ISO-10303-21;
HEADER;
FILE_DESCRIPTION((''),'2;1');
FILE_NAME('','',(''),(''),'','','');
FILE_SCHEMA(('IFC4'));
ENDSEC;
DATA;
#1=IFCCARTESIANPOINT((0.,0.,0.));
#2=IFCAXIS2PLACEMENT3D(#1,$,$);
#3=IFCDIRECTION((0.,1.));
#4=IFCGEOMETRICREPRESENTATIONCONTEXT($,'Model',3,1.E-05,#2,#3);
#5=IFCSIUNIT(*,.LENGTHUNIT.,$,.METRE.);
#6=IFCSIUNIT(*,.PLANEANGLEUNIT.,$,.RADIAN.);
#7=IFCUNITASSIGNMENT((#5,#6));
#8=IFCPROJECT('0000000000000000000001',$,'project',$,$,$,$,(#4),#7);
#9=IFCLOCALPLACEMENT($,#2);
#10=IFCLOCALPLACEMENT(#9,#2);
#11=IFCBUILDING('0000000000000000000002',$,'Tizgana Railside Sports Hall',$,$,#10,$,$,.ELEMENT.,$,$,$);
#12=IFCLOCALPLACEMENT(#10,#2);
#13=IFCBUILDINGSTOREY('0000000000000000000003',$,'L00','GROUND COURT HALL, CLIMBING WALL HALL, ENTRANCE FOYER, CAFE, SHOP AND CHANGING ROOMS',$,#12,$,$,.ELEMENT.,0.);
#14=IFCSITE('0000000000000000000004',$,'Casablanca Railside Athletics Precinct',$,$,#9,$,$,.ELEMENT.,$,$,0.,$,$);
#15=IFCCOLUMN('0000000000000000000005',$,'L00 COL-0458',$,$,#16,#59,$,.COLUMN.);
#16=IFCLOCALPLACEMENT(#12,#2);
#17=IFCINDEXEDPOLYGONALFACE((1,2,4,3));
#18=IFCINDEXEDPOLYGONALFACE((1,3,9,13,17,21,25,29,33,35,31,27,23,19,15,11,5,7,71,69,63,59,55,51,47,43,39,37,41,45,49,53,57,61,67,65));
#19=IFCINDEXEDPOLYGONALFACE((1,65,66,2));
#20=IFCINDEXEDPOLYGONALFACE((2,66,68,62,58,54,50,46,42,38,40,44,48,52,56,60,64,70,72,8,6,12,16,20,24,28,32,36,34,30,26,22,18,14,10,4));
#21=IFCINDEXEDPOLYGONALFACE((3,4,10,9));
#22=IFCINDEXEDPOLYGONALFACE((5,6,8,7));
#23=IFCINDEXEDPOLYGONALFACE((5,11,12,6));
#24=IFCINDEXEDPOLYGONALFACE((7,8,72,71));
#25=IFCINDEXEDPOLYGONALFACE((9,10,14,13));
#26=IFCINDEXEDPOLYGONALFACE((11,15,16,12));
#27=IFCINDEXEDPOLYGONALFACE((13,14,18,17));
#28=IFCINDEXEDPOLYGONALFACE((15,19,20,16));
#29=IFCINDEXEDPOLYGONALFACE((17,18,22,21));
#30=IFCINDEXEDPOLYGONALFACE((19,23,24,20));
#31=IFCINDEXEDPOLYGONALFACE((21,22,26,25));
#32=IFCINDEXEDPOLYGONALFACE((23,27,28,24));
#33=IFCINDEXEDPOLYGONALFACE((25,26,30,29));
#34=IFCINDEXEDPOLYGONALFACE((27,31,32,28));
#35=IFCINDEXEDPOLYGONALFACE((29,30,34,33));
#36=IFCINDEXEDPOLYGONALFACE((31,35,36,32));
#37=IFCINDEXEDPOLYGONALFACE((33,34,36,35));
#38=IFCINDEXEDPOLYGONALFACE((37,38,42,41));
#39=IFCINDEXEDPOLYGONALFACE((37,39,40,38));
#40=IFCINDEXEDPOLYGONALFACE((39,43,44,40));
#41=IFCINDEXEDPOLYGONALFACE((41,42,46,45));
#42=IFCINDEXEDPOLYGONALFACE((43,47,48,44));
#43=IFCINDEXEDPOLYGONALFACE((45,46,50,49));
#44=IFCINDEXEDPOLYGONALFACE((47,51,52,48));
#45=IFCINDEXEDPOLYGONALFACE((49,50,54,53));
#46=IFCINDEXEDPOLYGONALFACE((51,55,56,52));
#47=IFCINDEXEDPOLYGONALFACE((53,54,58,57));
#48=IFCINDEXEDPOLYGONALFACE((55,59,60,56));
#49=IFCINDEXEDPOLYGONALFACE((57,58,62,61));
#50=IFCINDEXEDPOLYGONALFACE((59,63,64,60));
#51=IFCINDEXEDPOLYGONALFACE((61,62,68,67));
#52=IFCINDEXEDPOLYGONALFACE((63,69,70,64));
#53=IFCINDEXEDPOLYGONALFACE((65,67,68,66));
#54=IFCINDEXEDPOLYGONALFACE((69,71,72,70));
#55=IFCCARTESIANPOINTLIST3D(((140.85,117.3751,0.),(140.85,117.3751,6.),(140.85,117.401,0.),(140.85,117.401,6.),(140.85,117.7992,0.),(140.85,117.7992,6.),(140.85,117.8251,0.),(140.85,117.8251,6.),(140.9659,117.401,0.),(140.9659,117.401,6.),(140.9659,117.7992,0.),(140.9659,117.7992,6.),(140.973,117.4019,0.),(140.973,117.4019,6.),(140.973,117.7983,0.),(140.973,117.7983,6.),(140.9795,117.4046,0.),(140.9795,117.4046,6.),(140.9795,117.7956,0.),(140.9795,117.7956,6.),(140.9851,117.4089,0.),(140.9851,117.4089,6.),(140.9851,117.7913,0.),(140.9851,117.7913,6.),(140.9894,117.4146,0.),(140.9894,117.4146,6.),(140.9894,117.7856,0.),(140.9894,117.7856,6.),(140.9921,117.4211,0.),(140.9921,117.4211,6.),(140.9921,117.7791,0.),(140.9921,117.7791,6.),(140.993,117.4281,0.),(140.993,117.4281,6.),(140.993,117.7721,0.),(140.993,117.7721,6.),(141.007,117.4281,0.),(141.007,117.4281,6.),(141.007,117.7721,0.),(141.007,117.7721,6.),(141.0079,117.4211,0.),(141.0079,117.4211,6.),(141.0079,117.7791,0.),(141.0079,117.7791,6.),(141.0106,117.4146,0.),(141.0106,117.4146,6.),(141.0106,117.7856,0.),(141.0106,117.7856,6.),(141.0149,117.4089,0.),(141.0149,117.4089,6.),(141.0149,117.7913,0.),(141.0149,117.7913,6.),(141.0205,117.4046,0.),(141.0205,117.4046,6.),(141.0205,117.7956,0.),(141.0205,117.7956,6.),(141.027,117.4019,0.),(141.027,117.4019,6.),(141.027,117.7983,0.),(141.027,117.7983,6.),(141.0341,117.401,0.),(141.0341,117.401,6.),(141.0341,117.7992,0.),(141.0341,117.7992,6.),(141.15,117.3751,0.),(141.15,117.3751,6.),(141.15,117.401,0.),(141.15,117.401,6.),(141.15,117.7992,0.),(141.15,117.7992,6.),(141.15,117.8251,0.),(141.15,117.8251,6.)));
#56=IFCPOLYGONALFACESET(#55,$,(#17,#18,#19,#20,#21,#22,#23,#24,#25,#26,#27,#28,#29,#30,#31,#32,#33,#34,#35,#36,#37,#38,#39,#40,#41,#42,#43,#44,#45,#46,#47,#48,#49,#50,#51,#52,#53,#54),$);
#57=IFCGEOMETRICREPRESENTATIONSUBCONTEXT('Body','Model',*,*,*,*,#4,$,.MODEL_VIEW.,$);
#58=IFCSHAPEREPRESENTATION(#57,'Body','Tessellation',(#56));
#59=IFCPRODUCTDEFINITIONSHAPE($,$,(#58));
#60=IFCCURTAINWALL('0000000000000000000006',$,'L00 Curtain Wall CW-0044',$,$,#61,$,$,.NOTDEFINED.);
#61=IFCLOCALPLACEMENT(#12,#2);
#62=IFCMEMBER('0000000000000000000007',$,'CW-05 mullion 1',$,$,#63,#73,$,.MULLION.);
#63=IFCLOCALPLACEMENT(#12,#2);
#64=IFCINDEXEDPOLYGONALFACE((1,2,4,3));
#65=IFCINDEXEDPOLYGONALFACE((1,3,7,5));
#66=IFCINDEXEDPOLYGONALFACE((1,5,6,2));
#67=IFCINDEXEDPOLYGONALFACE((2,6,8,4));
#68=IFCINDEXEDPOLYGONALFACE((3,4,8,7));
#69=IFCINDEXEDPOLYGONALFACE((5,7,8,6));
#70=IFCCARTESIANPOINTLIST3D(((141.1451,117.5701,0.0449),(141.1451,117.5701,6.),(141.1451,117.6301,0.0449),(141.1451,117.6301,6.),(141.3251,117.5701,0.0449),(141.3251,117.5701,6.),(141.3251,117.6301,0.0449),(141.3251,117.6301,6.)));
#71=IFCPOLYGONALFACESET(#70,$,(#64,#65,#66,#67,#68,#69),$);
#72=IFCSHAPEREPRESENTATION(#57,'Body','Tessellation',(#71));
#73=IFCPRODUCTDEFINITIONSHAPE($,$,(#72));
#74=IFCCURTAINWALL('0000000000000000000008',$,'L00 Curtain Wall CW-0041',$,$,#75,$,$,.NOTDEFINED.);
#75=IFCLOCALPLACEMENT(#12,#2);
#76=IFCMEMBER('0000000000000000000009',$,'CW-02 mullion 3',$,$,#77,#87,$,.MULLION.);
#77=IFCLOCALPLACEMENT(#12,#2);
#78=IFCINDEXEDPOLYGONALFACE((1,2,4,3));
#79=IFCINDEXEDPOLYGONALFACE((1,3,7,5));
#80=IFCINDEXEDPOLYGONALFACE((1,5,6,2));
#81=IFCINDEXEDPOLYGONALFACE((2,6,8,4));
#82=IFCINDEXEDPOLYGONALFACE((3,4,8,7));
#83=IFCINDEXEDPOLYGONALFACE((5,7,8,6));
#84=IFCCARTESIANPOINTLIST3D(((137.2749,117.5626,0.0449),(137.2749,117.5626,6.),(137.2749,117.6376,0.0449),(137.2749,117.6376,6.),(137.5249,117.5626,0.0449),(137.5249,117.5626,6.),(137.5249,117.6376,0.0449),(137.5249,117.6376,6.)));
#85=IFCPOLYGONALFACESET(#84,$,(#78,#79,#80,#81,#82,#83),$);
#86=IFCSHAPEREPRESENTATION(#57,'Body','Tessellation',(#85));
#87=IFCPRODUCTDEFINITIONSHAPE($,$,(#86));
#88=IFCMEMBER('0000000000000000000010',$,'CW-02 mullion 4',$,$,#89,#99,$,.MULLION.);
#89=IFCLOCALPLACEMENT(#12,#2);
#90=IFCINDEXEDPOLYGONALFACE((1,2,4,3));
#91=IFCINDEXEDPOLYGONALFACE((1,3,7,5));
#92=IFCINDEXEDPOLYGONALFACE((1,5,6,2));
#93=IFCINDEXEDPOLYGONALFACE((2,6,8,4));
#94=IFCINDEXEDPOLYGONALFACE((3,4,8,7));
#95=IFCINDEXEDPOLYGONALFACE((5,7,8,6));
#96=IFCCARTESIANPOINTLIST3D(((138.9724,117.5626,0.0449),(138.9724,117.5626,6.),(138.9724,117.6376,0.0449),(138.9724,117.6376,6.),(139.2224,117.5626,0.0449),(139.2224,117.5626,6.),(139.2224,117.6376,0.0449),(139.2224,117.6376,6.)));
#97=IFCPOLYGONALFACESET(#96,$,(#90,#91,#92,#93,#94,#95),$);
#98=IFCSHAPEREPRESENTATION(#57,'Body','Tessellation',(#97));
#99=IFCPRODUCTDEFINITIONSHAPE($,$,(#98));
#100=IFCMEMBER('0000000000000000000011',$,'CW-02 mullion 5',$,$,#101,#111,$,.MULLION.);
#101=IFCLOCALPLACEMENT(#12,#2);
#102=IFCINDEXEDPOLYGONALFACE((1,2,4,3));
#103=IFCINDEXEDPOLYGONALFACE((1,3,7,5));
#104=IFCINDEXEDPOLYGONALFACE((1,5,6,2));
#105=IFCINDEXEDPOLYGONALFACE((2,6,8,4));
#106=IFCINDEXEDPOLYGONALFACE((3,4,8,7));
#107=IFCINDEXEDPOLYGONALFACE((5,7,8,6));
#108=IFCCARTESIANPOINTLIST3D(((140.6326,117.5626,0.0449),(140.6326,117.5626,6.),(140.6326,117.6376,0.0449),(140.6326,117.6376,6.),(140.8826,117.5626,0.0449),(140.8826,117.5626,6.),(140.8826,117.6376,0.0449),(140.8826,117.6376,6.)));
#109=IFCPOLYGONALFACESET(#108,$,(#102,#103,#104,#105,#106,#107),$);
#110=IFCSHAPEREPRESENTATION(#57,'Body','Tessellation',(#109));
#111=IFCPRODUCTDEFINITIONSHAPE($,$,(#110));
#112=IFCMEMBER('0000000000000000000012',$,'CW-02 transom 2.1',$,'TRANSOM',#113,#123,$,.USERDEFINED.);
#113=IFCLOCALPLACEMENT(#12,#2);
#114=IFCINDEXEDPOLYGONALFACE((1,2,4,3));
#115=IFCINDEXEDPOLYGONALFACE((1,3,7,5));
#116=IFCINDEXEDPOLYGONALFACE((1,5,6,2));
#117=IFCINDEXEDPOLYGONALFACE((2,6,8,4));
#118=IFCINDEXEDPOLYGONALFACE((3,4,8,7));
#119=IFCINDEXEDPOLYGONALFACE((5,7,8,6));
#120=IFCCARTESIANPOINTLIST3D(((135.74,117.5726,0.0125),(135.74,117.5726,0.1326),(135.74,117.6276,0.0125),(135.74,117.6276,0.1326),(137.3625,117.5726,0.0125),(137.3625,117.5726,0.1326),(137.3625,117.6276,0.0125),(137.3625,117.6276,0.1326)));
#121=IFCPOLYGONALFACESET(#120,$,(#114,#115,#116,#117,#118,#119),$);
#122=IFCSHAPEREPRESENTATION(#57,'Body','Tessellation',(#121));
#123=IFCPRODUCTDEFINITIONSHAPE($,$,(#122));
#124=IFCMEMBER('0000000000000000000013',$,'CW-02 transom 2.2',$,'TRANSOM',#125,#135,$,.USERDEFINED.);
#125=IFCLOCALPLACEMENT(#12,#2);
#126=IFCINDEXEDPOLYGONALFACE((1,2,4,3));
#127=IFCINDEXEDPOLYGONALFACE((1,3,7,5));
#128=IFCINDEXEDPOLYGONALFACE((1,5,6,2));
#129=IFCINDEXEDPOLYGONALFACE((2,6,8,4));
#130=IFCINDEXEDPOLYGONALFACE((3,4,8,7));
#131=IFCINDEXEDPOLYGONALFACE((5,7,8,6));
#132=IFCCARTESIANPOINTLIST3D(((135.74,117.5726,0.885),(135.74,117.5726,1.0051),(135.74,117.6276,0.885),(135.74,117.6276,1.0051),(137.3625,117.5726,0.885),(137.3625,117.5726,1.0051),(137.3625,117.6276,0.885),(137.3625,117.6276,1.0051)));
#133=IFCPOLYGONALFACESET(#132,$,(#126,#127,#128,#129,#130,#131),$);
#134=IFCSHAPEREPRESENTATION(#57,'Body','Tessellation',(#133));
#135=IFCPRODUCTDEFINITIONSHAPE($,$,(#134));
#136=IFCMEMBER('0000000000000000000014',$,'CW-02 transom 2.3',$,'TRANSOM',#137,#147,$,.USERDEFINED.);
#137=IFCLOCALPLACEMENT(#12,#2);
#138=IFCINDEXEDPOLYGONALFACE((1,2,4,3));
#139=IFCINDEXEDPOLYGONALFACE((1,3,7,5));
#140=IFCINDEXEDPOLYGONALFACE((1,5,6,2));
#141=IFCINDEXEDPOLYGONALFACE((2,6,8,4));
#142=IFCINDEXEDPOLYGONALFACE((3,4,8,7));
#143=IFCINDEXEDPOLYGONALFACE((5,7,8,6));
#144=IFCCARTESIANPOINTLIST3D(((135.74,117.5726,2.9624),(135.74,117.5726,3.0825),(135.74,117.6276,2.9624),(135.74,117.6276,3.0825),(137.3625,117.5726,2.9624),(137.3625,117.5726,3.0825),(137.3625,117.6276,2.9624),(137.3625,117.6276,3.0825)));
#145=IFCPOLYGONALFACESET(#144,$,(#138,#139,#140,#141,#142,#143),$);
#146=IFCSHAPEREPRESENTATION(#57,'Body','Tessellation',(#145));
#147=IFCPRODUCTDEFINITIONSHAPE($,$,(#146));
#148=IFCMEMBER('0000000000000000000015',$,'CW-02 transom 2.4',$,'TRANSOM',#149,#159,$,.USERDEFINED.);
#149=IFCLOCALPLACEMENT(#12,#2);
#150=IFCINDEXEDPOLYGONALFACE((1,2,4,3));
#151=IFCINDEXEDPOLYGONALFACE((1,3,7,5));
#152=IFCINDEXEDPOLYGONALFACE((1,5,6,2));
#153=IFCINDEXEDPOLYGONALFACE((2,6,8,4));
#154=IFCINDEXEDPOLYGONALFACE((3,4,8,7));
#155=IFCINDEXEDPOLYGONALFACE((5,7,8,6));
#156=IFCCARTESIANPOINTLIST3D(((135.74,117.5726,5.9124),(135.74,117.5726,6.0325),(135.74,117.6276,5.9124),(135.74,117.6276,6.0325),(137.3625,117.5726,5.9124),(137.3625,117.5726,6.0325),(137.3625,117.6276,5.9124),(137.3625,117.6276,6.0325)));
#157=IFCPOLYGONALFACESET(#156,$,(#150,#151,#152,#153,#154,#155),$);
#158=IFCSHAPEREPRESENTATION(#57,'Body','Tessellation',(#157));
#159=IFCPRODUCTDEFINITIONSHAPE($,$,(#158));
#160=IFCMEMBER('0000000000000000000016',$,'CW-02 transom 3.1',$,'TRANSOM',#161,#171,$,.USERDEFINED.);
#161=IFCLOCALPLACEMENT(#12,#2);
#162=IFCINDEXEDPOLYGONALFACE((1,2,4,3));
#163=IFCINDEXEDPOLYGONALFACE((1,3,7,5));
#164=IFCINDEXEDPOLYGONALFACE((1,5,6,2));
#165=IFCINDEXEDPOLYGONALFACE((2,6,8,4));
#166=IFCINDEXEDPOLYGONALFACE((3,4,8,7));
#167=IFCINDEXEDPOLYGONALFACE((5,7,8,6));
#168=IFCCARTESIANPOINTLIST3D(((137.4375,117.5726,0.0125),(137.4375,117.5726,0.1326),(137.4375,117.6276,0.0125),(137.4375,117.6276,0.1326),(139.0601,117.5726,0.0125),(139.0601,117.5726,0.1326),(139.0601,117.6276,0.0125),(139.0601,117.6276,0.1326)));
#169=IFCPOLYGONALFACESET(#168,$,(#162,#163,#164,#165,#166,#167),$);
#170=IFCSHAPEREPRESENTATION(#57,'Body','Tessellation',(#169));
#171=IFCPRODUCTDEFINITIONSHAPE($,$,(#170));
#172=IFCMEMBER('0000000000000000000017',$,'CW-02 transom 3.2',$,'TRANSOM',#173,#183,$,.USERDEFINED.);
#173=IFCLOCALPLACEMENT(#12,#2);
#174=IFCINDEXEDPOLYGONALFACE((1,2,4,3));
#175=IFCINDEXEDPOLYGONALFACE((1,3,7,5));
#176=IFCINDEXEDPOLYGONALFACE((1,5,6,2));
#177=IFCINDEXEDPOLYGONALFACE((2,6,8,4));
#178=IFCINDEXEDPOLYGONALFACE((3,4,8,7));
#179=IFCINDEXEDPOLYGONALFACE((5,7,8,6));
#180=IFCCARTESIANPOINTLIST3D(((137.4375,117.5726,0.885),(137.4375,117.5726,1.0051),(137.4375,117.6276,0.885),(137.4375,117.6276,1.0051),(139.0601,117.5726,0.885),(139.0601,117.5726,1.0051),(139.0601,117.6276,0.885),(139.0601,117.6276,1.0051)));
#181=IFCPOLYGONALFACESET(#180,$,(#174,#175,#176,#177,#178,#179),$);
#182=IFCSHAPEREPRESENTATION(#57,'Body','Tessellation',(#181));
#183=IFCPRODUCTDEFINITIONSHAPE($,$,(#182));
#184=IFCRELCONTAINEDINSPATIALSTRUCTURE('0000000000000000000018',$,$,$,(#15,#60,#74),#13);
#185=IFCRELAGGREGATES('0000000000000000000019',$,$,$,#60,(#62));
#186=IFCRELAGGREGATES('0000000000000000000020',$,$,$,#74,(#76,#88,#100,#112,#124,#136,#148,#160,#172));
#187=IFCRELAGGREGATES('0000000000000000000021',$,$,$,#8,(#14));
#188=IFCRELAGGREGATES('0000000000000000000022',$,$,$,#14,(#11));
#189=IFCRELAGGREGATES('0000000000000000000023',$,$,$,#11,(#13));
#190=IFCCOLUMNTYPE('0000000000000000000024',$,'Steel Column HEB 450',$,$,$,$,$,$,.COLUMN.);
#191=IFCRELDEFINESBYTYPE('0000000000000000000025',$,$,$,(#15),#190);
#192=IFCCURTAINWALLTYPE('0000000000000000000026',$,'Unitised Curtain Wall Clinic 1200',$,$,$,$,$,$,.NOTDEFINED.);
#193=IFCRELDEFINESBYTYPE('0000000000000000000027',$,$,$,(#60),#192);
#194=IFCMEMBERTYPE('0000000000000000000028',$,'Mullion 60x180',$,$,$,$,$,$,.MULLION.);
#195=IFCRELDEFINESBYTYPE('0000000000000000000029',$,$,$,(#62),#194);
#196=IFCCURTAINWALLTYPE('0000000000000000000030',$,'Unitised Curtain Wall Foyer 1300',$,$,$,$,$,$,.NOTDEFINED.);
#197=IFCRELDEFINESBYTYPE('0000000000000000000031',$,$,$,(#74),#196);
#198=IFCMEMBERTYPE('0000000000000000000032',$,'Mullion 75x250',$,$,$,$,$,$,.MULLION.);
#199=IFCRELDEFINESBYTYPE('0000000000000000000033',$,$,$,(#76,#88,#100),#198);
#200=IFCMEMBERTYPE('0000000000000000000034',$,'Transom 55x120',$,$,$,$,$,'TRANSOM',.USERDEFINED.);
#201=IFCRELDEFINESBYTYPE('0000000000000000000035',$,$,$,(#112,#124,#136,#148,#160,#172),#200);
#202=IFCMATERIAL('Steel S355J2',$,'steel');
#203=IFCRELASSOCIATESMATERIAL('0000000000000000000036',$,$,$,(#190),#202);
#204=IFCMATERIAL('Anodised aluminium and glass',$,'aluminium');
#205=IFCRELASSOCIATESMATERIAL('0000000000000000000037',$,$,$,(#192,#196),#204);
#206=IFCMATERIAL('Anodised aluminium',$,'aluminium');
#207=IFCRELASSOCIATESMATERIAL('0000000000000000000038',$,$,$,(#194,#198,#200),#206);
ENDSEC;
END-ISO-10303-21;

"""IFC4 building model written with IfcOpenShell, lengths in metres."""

from ifc_helpers import new_model, si_unit, direction, frame, origin, origin_2d, place, context, subcontext, project, spatial, rectangle, i_section, extrude, material, material_profile, profile_set, type_object, element, aggregate, save


model = new_model("IFC4")

# Units and contexts
model_context = context("Model", 3, precision=1e-05, world=origin(), true_north=direction((0.0, 1.0)))
body_context = subcontext(model_context, "Body", "Model", "MODEL_VIEW")
ifc_project = project(units=[si_unit("LENGTHUNIT", "METRE"), si_unit("PLANEANGLEUNIT", "RADIAN")], contexts=[model_context])

# Site, building, storey
site_placement = place(None, origin())
site = spatial("IfcSite", under=ifc_project, at=site_placement, Name="Casablanca Railside Athletics Precinct", CompositionType="ELEMENT", RefElevation=0.0)
building_placement = place(site_placement, origin())
building = spatial("IfcBuilding", under=site, at=building_placement, Name="Tizgana Railside Sports Hall", CompositionType="ELEMENT")
storey_placement = place(building_placement, origin())
storey = spatial("IfcBuildingStorey", under=building, at=storey_placement, Name="L00", Description="GROUND COURT HALL, CLIMBING WALL HALL, ENTRANCE FOYER, CAFE, SHOP AND CHANGING ROOMS", CompositionType="ELEMENT", Elevation=0.0)

# Column
ifc_material_1 = material(Name="Steel S355J2", Category="steel")
ifc_material_profile_1 = material_profile(ifc_material_1, i_section(OverallWidth=0.3, OverallDepth=0.45, WebThickness=0.0139, FlangeThickness=0.0259, FilletRadius=0.0271, at=origin_2d()), Name="HEB 450")
ifc_profile_set_1 = profile_set([ifc_material_profile_1], Name="Steel S355J2")
column_type = type_object("IfcColumnType", Name="Steel Column HEB 450", PredefinedType="COLUMN", material=ifc_profile_set_1)
column_placement = place(storey_placement, frame((141.0, 117.6001, 0.0), z_axis=(0.0, 0.0, 1.0), x_axis=(1.0, 0.0, 0.0)))
element("IfcColumn", 1, at=column_placement, inside=storey, type_object=column_type, Name="L00 COL-0458", PredefinedType="COLUMN", context=body_context, shape_type="SweptSolid", body=[
    extrude(i_section(OverallWidth=0.3, OverallDepth=0.45, WebThickness=0.0139, FlangeThickness=0.0259, FilletRadius=0.0271, at=origin_2d()), origin(), (0.0, 0.0, 1.0), 6.0),
])

# Curtain wall, member
ifc_material_2 = material(Name="Anodised aluminium and glass", Category="aluminium")
curtain_wall_type_1 = type_object("IfcCurtainWallType", Name="Unitised Curtain Wall Clinic 1200", PredefinedType="NOTDEFINED", material=ifc_material_2)
curtain_wall_1_placement = place(storey_placement, origin())
curtain_wall_1 = element("IfcCurtainWall", 2, at=curtain_wall_1_placement, inside=storey, type_object=curtain_wall_type_1, Name="L00 Curtain Wall CW-0044", PredefinedType="NOTDEFINED")
ifc_material_3 = material(Name="Anodised aluminium", Category="aluminium")
ifc_material_profile_2 = material_profile(ifc_material_3, rectangle(XDim=0.0601, YDim=0.1799, at=origin_2d()), Name="Mullion 60x180")
ifc_profile_set_2 = profile_set([ifc_material_profile_2], Name="Anodised aluminium")
member_type_1 = type_object("IfcMemberType", Name="Mullion 60x180", PredefinedType="MULLION", material=ifc_profile_set_2)
member_1_placement = place(storey_placement, frame((141.2351, 117.6001, 0.0449), z_axis=(0.0, 0.0, 1.0), x_axis=(0.0, 1.0, 0.0)))
member_1 = element("IfcMember", 3, at=member_1_placement, type_object=member_type_1, Name="CW-05 mullion 1", PredefinedType="MULLION", context=body_context, shape_type="SweptSolid", body=[
    extrude(rectangle(XDim=0.0601, YDim=0.1799, at=origin_2d()), origin(), (0.0, 0.0, 1.0), 5.9551),
])

# Curtain wall, members
curtain_wall_type_2 = type_object("IfcCurtainWallType", Name="Unitised Curtain Wall Foyer 1300", PredefinedType="NOTDEFINED", material=ifc_material_2)
curtain_wall_2_placement = place(storey_placement, origin())
curtain_wall_2 = element("IfcCurtainWall", 4, at=curtain_wall_2_placement, inside=storey, type_object=curtain_wall_type_2, Name="L00 Curtain Wall CW-0041", PredefinedType="NOTDEFINED")
ifc_material_profile_3 = material_profile(ifc_material_3, rectangle(XDim=0.075, YDim=0.25, at=origin_2d()), Name="Mullion 75x250")
ifc_profile_set_3 = profile_set([ifc_material_profile_3], Name="Anodised aluminium")
member_type_2 = type_object("IfcMemberType", Name="Mullion 75x250", PredefinedType="MULLION", material=ifc_profile_set_3)
member_2_placement = place(storey_placement, frame((137.3999, 117.6001, 0.0449), z_axis=(0.0, 0.0, 1.0), x_axis=(0.0, 1.0, 0.0)))
member_2 = element("IfcMember", 5, at=member_2_placement, type_object=member_type_2, Name="CW-02 mullion 3", PredefinedType="MULLION", context=body_context, shape_type="SweptSolid", body=[
    extrude(rectangle(XDim=0.075, YDim=0.25, at=origin_2d()), origin(), (0.0, 0.0, 1.0), 5.9551),
])
member_3_placement = place(storey_placement, frame((139.0974, 117.6001, 0.0449), z_axis=(0.0, 0.0, 1.0), x_axis=(0.0, 1.0, 0.0)))
member_3 = element("IfcMember", 6, at=member_3_placement, type_object=member_type_2, Name="CW-02 mullion 4", PredefinedType="MULLION", context=body_context, shape_type="SweptSolid", body=[
    extrude(rectangle(XDim=0.075, YDim=0.25, at=origin_2d()), origin(), (0.0, 0.0, 1.0), 5.9551),
])
member_4_placement = place(storey_placement, frame((140.7576, 117.6001, 0.0449), z_axis=(0.0, 0.0, 1.0), x_axis=(0.0, 1.0, 0.0)))
member_4 = element("IfcMember", 7, at=member_4_placement, type_object=member_type_2, Name="CW-02 mullion 5", PredefinedType="MULLION", context=body_context, shape_type="SweptSolid", body=[
    extrude(rectangle(XDim=0.075, YDim=0.25, at=origin_2d()), origin(), (0.0, 0.0, 1.0), 5.9551),
])
ifc_material_profile_4 = material_profile(ifc_material_3, rectangle(XDim=0.0549, YDim=0.1201, at=origin_2d()), Name="Transom 55x120")
ifc_profile_set_4 = profile_set([ifc_material_profile_4], Name="Anodised aluminium")
member_type_3 = type_object("IfcMemberType", Name="Transom 55x120", ElementType="TRANSOM", PredefinedType="USERDEFINED", material=ifc_profile_set_4)
member_5_placement = place(storey_placement, frame((135.74, 117.6001, 0.0725), z_axis=(1.0, 0.0, 0.0), x_axis=(0.0, 1.0, 0.0)))
member_5 = element("IfcMember", 8, at=member_5_placement, type_object=member_type_3, Name="CW-02 transom 2.1", ObjectType="TRANSOM", PredefinedType="USERDEFINED", context=body_context, shape_type="SweptSolid", body=[
    extrude(rectangle(XDim=0.0549, YDim=0.1201, at=origin_2d()), origin(), (0.0, 0.0, 1.0), 1.6226),
])
member_6_placement = place(storey_placement, frame((135.74, 117.6001, 0.9451), z_axis=(1.0, 0.0, 0.0), x_axis=(0.0, 1.0, 0.0)))
member_6 = element("IfcMember", 9, at=member_6_placement, type_object=member_type_3, Name="CW-02 transom 2.2", ObjectType="TRANSOM", PredefinedType="USERDEFINED", context=body_context, shape_type="SweptSolid", body=[
    extrude(rectangle(XDim=0.0549, YDim=0.1201, at=origin_2d()), origin(), (0.0, 0.0, 1.0), 1.6226),
])
member_7_placement = place(storey_placement, frame((135.74, 117.6001, 3.0225), z_axis=(1.0, 0.0, 0.0), x_axis=(0.0, 1.0, 0.0)))
member_7 = element("IfcMember", 10, at=member_7_placement, type_object=member_type_3, Name="CW-02 transom 2.3", ObjectType="TRANSOM", PredefinedType="USERDEFINED", context=body_context, shape_type="SweptSolid", body=[
    extrude(rectangle(XDim=0.0549, YDim=0.1201, at=origin_2d()), origin(), (0.0, 0.0, 1.0), 1.6226),
])
member_8_placement = place(storey_placement, frame((135.74, 117.6001, 5.9724), z_axis=(1.0, 0.0, 0.0), x_axis=(0.0, 1.0, 0.0)))
member_8 = element("IfcMember", 11, at=member_8_placement, type_object=member_type_3, Name="CW-02 transom 2.4", ObjectType="TRANSOM", PredefinedType="USERDEFINED", context=body_context, shape_type="SweptSolid", body=[
    extrude(rectangle(XDim=0.0549, YDim=0.1201, at=origin_2d()), origin(), (0.0, 0.0, 1.0), 1.6226),
])
member_9_placement = place(storey_placement, frame((137.4375, 117.6001, 0.0725), z_axis=(1.0, 0.0, 0.0), x_axis=(0.0, 1.0, 0.0)))
member_9 = element("IfcMember", 12, at=member_9_placement, type_object=member_type_3, Name="CW-02 transom 3.1", ObjectType="TRANSOM", PredefinedType="USERDEFINED", context=body_context, shape_type="SweptSolid", body=[
    extrude(rectangle(XDim=0.0549, YDim=0.1201, at=origin_2d()), origin(), (0.0, 0.0, 1.0), 1.6226),
])
member_10_placement = place(storey_placement, frame((137.4375, 117.6001, 0.9451), z_axis=(1.0, 0.0, 0.0), x_axis=(0.0, 1.0, 0.0)))
member_10 = element("IfcMember", 13, at=member_10_placement, type_object=member_type_3, Name="CW-02 transom 3.2", ObjectType="TRANSOM", PredefinedType="USERDEFINED", context=body_context, shape_type="SweptSolid", body=[
    extrude(rectangle(XDim=0.0549, YDim=0.1201, at=origin_2d()), origin(), (0.0, 0.0, 1.0), 1.6226),
])

aggregate(curtain_wall_1, [member_1])

aggregate(curtain_wall_2, [member_2, member_3, member_4, member_5, member_6, member_7, member_8, member_9, member_10])

save(model, "model.ifc")
